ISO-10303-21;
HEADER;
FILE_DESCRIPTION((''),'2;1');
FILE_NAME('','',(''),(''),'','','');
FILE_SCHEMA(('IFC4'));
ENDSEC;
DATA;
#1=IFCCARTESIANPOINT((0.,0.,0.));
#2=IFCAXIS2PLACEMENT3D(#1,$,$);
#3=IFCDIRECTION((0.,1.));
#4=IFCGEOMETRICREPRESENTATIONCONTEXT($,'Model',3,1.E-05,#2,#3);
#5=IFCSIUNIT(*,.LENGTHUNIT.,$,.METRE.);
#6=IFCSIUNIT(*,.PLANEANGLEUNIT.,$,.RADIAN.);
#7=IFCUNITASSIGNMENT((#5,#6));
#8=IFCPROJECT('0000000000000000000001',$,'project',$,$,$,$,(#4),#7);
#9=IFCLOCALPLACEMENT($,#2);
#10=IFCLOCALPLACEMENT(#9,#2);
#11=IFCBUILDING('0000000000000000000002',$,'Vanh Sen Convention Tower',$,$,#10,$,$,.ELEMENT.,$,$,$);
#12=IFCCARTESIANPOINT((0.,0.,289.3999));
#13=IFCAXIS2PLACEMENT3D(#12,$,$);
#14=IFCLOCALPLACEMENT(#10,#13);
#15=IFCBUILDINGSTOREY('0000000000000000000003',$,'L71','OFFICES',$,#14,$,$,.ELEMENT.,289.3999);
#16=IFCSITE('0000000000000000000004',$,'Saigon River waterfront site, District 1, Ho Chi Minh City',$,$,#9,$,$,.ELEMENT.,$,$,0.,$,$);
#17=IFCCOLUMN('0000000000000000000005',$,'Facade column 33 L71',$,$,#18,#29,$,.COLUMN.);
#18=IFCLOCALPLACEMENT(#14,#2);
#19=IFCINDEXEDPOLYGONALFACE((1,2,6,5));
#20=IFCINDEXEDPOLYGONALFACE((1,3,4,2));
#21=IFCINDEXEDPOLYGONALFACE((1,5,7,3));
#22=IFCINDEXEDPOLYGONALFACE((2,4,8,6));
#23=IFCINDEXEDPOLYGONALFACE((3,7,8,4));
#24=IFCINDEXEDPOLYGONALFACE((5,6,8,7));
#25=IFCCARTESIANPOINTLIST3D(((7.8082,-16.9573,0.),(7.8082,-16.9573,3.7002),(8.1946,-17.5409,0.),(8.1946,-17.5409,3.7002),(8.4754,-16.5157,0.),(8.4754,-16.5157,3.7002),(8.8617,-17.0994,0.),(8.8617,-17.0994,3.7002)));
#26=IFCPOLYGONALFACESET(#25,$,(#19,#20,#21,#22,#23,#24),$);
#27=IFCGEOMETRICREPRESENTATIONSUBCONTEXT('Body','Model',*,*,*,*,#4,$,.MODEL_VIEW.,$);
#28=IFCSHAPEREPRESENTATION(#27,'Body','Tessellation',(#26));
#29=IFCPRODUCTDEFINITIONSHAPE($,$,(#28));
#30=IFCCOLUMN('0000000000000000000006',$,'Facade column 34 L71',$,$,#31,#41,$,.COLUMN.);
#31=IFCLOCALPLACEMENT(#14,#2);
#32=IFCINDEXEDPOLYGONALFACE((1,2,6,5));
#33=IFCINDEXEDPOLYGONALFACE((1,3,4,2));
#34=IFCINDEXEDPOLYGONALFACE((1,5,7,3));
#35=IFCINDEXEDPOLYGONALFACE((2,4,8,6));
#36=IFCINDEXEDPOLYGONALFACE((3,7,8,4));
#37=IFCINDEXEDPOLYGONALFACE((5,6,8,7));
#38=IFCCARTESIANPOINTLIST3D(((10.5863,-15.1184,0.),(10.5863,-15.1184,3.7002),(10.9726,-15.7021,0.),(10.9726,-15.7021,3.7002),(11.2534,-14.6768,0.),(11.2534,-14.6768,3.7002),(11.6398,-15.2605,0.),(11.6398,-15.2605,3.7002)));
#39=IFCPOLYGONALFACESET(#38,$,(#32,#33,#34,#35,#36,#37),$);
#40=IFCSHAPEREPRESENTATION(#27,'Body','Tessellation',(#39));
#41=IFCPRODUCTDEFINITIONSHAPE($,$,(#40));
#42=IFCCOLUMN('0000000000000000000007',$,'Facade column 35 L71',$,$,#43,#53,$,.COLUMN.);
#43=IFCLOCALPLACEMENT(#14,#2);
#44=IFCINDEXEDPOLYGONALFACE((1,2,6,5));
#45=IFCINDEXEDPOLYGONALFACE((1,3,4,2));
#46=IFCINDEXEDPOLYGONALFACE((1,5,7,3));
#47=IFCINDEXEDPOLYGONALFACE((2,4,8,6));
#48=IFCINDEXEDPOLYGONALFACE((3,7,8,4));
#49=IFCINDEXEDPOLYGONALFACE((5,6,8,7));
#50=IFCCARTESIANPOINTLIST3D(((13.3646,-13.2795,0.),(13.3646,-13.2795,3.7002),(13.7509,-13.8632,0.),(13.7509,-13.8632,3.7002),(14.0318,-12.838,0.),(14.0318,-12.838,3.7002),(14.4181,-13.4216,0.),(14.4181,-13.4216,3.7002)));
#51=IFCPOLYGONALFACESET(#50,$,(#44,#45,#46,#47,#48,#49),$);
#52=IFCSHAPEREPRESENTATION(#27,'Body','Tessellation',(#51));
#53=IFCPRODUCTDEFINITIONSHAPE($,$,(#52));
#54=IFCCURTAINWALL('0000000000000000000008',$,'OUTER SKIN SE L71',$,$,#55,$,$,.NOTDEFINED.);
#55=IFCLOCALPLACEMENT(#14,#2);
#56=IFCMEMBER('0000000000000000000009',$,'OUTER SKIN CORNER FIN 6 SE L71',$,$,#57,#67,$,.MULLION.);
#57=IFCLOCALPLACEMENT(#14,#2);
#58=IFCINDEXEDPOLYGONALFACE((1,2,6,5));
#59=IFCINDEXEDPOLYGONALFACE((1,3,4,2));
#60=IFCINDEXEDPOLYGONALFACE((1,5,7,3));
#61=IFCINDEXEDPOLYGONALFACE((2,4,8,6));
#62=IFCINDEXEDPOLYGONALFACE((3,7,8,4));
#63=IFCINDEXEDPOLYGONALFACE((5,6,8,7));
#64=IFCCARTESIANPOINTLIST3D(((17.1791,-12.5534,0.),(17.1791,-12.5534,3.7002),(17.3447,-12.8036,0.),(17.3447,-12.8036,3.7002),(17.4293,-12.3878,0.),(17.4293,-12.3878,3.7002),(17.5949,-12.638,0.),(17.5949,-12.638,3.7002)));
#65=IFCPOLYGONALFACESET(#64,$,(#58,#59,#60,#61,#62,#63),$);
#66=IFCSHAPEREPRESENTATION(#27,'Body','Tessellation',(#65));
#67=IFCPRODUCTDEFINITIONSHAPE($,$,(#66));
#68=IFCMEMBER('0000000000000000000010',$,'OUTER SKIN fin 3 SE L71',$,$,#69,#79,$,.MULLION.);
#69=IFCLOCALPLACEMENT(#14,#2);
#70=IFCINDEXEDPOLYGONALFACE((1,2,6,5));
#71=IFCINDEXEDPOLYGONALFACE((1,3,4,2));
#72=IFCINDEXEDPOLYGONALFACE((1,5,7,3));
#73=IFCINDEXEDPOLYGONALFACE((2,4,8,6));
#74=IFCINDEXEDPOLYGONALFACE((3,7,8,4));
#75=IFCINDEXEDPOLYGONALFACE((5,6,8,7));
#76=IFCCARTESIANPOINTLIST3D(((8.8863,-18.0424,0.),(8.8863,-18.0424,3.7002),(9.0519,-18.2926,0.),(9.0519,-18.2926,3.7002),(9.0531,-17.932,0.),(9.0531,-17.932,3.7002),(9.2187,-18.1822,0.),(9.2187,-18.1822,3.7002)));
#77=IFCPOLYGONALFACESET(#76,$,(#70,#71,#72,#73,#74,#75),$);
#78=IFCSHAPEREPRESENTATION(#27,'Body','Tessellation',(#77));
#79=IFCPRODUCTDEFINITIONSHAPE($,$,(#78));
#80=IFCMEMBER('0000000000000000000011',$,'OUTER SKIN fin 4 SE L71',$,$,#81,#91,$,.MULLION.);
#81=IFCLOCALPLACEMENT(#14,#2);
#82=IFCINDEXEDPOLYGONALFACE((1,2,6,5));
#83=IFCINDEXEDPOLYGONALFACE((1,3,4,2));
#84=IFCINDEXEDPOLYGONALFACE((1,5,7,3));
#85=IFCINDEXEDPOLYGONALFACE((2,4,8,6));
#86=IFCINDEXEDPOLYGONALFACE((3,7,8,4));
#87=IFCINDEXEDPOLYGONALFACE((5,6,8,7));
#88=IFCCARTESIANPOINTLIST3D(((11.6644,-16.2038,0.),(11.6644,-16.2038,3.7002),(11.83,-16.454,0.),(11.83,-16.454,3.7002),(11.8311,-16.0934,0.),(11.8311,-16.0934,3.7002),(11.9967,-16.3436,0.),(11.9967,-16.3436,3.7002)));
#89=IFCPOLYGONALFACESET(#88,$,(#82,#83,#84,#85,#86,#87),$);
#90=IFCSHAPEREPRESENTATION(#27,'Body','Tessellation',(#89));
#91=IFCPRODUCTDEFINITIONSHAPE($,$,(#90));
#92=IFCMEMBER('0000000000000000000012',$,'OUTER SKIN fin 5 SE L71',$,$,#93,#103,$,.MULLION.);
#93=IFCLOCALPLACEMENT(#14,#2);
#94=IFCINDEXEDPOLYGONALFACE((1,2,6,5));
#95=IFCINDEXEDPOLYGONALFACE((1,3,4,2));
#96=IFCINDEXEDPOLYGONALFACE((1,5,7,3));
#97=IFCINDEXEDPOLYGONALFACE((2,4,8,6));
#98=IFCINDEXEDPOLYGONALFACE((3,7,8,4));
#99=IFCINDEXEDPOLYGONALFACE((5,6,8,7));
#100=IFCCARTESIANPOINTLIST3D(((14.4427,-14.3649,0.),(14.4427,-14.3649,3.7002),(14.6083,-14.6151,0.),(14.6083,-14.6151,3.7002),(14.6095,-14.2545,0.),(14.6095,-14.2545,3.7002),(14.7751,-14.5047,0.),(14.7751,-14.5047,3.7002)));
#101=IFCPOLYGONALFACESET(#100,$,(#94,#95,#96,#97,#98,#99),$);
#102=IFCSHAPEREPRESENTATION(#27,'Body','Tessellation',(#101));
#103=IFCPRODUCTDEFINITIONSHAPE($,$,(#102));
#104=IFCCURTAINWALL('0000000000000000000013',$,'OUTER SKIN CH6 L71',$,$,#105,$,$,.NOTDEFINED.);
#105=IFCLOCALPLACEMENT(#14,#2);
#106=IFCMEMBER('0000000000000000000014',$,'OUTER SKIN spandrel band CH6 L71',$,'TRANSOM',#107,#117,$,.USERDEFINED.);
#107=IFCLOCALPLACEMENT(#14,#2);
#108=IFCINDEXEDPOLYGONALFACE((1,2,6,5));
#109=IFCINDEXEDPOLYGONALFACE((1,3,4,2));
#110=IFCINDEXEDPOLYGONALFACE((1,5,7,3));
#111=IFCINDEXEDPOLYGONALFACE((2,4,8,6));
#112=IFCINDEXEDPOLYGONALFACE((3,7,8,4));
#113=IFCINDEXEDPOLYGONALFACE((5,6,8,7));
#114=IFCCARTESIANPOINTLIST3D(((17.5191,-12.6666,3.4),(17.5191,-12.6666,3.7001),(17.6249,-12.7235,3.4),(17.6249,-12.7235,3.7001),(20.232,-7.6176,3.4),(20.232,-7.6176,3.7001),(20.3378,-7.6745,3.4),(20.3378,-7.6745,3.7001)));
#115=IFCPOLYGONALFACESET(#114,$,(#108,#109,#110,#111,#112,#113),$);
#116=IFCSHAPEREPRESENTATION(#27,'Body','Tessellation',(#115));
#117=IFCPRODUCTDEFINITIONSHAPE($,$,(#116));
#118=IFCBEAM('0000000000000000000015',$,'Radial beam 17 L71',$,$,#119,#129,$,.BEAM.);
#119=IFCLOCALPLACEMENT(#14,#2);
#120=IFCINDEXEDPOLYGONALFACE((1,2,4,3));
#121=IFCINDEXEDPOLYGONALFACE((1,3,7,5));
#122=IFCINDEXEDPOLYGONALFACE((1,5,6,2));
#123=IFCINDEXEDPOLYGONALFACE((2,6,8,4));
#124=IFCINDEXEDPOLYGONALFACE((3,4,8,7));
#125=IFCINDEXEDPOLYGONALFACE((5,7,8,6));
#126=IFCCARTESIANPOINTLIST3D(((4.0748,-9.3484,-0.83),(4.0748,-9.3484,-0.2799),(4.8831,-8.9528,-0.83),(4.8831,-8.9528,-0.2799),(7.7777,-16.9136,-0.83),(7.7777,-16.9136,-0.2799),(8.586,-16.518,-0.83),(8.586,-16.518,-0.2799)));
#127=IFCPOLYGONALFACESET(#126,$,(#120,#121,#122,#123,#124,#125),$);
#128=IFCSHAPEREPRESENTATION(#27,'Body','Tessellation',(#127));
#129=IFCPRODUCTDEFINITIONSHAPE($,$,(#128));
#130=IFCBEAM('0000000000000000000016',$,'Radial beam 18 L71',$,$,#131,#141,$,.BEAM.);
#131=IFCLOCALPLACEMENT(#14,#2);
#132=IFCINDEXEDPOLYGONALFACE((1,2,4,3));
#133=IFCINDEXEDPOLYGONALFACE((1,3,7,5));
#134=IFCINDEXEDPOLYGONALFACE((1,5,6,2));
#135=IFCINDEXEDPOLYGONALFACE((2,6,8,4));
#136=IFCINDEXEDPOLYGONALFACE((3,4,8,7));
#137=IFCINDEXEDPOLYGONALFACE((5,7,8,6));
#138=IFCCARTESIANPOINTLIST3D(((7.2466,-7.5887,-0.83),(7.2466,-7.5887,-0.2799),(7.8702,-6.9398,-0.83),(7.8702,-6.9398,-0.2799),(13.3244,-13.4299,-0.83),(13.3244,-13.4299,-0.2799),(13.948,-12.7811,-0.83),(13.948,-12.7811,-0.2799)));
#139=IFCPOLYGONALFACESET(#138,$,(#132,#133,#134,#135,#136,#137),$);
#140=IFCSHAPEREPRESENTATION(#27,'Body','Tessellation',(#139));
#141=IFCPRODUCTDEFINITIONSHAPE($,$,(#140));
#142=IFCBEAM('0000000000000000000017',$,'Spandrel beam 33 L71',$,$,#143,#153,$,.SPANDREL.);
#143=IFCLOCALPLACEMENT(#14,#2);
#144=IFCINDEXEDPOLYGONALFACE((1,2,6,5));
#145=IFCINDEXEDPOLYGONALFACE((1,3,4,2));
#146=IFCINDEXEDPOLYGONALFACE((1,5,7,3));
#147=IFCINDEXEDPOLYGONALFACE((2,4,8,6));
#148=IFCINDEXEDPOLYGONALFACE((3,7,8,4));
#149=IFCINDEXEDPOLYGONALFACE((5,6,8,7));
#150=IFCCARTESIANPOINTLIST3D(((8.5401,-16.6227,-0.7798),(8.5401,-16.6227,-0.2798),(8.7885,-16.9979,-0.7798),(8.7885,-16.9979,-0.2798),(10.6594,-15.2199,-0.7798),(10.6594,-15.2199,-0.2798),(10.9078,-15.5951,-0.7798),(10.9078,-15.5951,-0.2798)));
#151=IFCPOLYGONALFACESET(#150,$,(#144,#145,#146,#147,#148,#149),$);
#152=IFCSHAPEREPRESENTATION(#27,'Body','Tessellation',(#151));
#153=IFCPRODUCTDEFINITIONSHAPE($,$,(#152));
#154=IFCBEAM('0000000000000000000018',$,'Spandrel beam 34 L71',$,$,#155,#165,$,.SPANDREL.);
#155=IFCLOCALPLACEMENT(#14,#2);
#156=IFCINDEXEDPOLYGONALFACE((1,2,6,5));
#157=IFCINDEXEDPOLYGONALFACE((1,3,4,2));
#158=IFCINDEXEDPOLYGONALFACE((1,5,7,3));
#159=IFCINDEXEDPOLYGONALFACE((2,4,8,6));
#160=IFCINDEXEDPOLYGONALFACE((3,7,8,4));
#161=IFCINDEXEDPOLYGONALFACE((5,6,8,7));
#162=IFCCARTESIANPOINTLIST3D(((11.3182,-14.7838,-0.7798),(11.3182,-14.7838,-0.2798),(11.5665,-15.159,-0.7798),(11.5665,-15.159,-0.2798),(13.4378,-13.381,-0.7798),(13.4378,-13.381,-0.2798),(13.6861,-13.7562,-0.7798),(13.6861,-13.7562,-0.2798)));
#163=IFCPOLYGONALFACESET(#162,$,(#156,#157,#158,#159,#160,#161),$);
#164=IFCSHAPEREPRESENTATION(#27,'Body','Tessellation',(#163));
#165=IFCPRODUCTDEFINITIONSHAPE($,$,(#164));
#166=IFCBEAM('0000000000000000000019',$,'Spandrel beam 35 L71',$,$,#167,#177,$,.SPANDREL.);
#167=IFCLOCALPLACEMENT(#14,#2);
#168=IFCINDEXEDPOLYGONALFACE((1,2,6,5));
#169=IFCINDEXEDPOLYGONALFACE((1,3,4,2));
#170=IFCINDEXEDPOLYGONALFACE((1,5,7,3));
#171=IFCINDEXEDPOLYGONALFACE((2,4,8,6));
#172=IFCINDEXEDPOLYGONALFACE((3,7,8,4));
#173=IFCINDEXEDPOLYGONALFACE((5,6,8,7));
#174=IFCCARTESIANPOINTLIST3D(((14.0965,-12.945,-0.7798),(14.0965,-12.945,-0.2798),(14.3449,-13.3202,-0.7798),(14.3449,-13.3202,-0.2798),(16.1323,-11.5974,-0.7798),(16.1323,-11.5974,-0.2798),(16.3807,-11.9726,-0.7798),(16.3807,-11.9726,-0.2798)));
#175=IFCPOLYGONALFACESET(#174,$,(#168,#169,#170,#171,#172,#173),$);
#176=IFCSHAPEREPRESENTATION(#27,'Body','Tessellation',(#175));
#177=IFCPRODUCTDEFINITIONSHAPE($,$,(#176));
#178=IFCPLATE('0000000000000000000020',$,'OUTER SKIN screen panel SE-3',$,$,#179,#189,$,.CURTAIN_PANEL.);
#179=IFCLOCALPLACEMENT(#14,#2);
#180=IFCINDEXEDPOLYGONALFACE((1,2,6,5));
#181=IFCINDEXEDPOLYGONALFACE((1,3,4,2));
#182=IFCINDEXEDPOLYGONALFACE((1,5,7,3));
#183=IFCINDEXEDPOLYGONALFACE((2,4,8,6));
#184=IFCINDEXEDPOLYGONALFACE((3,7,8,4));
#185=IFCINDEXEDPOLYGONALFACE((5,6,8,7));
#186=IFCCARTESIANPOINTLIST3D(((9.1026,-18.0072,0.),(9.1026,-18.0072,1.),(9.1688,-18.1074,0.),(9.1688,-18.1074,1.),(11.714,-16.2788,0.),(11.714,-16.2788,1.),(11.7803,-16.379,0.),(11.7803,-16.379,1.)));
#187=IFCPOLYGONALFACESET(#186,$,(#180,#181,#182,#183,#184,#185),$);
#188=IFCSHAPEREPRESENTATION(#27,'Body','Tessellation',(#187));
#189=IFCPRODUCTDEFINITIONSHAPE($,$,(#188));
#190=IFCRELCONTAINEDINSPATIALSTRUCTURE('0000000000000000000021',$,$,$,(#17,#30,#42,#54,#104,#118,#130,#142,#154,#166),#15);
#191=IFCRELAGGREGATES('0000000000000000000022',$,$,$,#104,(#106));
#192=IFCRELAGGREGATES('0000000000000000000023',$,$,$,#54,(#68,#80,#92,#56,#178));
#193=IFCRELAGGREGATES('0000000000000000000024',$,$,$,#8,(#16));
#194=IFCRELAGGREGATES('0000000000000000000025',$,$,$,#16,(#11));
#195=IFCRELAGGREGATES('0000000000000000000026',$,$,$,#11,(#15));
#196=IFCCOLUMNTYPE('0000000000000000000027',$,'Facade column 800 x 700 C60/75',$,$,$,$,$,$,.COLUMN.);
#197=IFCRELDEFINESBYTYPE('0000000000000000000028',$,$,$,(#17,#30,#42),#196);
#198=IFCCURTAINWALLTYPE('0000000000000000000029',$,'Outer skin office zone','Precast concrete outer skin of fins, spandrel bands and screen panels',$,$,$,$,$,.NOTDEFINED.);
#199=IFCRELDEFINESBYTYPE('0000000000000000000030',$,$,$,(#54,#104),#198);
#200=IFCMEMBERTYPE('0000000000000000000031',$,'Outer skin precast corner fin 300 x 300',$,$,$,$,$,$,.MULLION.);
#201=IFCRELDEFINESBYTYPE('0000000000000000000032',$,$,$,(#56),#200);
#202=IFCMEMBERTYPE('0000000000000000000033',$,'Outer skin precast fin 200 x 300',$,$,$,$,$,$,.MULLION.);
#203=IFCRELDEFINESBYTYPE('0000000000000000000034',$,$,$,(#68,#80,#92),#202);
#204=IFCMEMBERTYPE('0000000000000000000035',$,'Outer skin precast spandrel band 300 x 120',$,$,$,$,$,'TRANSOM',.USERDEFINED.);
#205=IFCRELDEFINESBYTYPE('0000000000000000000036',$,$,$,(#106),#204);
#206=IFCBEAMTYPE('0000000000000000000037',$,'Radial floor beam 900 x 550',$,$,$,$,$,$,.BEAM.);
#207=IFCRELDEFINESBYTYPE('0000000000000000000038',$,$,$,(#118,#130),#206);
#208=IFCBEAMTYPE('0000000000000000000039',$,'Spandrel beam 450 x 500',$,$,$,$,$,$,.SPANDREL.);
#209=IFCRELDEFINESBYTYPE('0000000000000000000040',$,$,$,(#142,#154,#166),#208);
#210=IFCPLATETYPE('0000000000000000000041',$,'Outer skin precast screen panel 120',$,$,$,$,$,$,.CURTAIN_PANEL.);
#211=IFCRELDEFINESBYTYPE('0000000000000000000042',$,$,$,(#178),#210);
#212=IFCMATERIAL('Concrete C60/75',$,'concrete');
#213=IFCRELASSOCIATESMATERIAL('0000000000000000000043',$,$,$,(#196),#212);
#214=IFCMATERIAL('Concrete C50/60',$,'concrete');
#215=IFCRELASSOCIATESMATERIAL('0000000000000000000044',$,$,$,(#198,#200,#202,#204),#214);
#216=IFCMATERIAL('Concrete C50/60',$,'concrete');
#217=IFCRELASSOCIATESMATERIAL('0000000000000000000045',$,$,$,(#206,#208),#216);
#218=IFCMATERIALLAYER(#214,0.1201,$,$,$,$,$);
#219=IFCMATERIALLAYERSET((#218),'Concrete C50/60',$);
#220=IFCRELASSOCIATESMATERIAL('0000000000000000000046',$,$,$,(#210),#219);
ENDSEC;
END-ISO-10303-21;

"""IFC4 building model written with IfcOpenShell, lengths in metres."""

from ifc_helpers import new_model, si_unit, direction, frame, origin, origin_2d, place, context, subcontext, project, spatial, rectangle, extrude, material, layer, layer_set, material_profile, profile_set, type_object, element, aggregate, save


model = new_model("IFC4")

# Units and contexts
model_context = context("Model", 3, precision=1e-05, world=origin(), true_north=direction((0.0, 1.0)))
body_context = subcontext(model_context, "Body", "Model", "MODEL_VIEW")
ifc_project = project(units=[si_unit("LENGTHUNIT", "METRE"), si_unit("PLANEANGLEUNIT", "RADIAN")], contexts=[model_context])

# Site, building, storey
site_placement = place(None, origin())
site = spatial("IfcSite", under=ifc_project, at=site_placement, Name="Saigon River waterfront site, District 1, Ho Chi Minh City", CompositionType="ELEMENT", RefElevation=0.0)
building_placement = place(site_placement, origin())
building = spatial("IfcBuilding", under=site, at=building_placement, Name="Vanh Sen Convention Tower", CompositionType="ELEMENT")
storey_placement = place(building_placement, frame((0.0, 0.0, 289.3999)))
storey = spatial("IfcBuildingStorey", under=building, at=storey_placement, Name="L71", Description="OFFICES", CompositionType="ELEMENT", Elevation=289.3999)

# Columns
ifc_material_1 = material(Name="Concrete C60/75", Category="concrete")
ifc_material_profile_1 = material_profile(ifc_material_1, rectangle(XDim=0.8, YDim=0.7, at=origin_2d()), Name="RC 800X700")
ifc_profile_set_1 = profile_set([ifc_material_profile_1], Name="Concrete C60/75")
column_type = type_object("IfcColumnType", Name="Facade column 800 x 700 C60/75", PredefinedType="COLUMN", material=ifc_profile_set_1)
for number, where, z_axis, x_axis, name in (
    (1, (8.335, -17.0283, 0.0), (0.0, 0.0, 1.0), (0.833886, 0.551937, 0.0), "Facade column 33 L71"),
    (2, (11.113, -15.1895, 0.0), (0.0, 0.0, 1.0), (0.833886, 0.551937, 0.0), "Facade column 34 L71"),
    (3, (13.8914, -13.3506, 0.0), (0.0, 0.0, 1.0), (0.833886, 0.551937, 0.0), "Facade column 35 L71"),
):
    element("IfcColumn", number, at=place(storey_placement, frame(where, z_axis=z_axis, x_axis=x_axis)), inside=storey, type_object=column_type, Name=name, PredefinedType="COLUMN", context=body_context, shape_type="SweptSolid", body=[
        extrude(rectangle(XDim=0.8, YDim=0.7, at=origin_2d()), origin(), (0.0, 0.0, 1.0), 3.7002),
    ])

# Curtain wall, members
ifc_material_2 = material(Name="Concrete C50/60", Category="concrete")
curtain_wall_type = type_object("IfcCurtainWallType", Name="Outer skin office zone", Description="Precast concrete outer skin of fins, spandrel bands and screen panels", PredefinedType="NOTDEFINED", material=ifc_material_2)
curtain_wall_1_placement = place(storey_placement, origin())
curtain_wall_1 = element("IfcCurtainWall", 4, at=curtain_wall_1_placement, inside=storey, type_object=curtain_wall_type, Name="OUTER SKIN SE L71", PredefinedType="NOTDEFINED")
ifc_material_profile_2 = material_profile(ifc_material_2, rectangle(XDim=0.3, YDim=0.3, at=origin_2d()), Name="Outer skin precast corner fin 300 x 300")
ifc_profile_set_2 = profile_set([ifc_material_profile_2], Name="Concrete C50/60")
member_type_1 = type_object("IfcMemberType", Name="Outer skin precast corner fin 300 x 300", PredefinedType="MULLION", material=ifc_profile_set_2)
member_1_placement = place(storey_placement, frame((17.387, -12.5957, 0.0), z_axis=(0.0, 0.0, 1.0), x_axis=(0.833886, 0.551937, 0.0)))
member_1 = element("IfcMember", 5, at=member_1_placement, type_object=member_type_1, Name="OUTER SKIN CORNER FIN 6 SE L71", PredefinedType="MULLION", context=body_context, shape_type="SweptSolid", body=[
    extrude(rectangle(XDim=0.3, YDim=0.3, at=origin_2d()), origin(), (0.0, 0.0, 1.0), 3.7002),
])
ifc_material_profile_3 = material_profile(ifc_material_2, rectangle(XDim=0.2, YDim=0.3, at=origin_2d()), Name="Outer skin precast fin 200 x 300")
ifc_profile_set_3 = profile_set([ifc_material_profile_3], Name="Concrete C50/60")
member_type_2 = type_object("IfcMemberType", Name="Outer skin precast fin 200 x 300", PredefinedType="MULLION", material=ifc_profile_set_3)
member_2_placement = place(storey_placement, frame((9.0525, -18.1123, 0.0), z_axis=(0.0, 0.0, 1.0), x_axis=(0.833886, 0.551937, 0.0)))
member_2 = element("IfcMember", 6, at=member_2_placement, type_object=member_type_2, Name="OUTER SKIN fin 3 SE L71", PredefinedType="MULLION", context=body_context, shape_type="SweptSolid", body=[
    extrude(rectangle(XDim=0.2, YDim=0.3, at=origin_2d()), origin(), (0.0, 0.0, 1.0), 3.7002),
])
member_3_placement = place(storey_placement, frame((11.8306, -16.2737, 0.0), z_axis=(0.0, 0.0, 1.0), x_axis=(0.833886, 0.551937, 0.0)))
member_3 = element("IfcMember", 7, at=member_3_placement, type_object=member_type_2, Name="OUTER SKIN fin 4 SE L71", PredefinedType="MULLION", context=body_context, shape_type="SweptSolid", body=[
    extrude(rectangle(XDim=0.2, YDim=0.3, at=origin_2d()), origin(), (0.0, 0.0, 1.0), 3.7002),
])
member_4_placement = place(storey_placement, frame((14.6089, -14.4348, 0.0), z_axis=(0.0, 0.0, 1.0), x_axis=(0.833886, 0.551937, 0.0)))
member_4 = element("IfcMember", 8, at=member_4_placement, type_object=member_type_2, Name="OUTER SKIN fin 5 SE L71", PredefinedType="MULLION", context=body_context, shape_type="SweptSolid", body=[
    extrude(rectangle(XDim=0.2, YDim=0.3, at=origin_2d()), origin(), (0.0, 0.0, 1.0), 3.7002),
])

# Curtain wall, member
curtain_wall_2_placement = place(storey_placement, origin())
curtain_wall_2 = element("IfcCurtainWall", 9, at=curtain_wall_2_placement, inside=storey, type_object=curtain_wall_type, Name="OUTER SKIN CH6 L71", PredefinedType="NOTDEFINED")
ifc_material_profile_4 = material_profile(ifc_material_2, rectangle(XDim=0.1201, YDim=0.3, at=origin_2d()), Name="Outer skin precast spandrel band 300 x 120")
ifc_profile_set_4 = profile_set([ifc_material_profile_4], Name="Concrete C50/60")
member_type_3 = type_object("IfcMemberType", Name="Outer skin precast spandrel band 300 x 120", ElementType="TRANSOM", PredefinedType="USERDEFINED", material=ifc_profile_set_4)
member_5_placement = place(storey_placement, frame((17.572, -12.6951, 3.55), z_axis=(0.47331, 0.880896, 0.0), x_axis=(-0.880896, 0.47331, 0.0)))
member_5 = element("IfcMember", 10, at=member_5_placement, type_object=member_type_3, Name="OUTER SKIN spandrel band CH6 L71", ObjectType="TRANSOM", PredefinedType="USERDEFINED", context=body_context, shape_type="SweptSolid", body=[
    extrude(rectangle(XDim=0.1201, YDim=0.3, at=origin_2d()), origin(), (0.0, 0.0, 1.0), 5.7317),
])
aggregate(curtain_wall_2, [member_5])

# Beams
ifc_material_3 = material(Name="Concrete C50/60", Category="concrete")
ifc_material_profile_5 = material_profile(ifc_material_3, rectangle(XDim=0.8999, YDim=0.55, at=origin_2d()), Name="RC 900X550")
ifc_profile_set_5 = profile_set([ifc_material_profile_5], Name="Concrete C50/60")
beam_type_1 = type_object("IfcBeamType", Name="Radial floor beam 900 x 550", PredefinedType="BEAM", material=ifc_profile_set_5)
beam_1_placement = place(storey_placement, frame((8.1819, -16.7158, -0.5549), z_axis=(-0.439627, 0.898181, 0.0), x_axis=(-0.898181, -0.439627, 0.0)))
element("IfcBeam", 11, at=beam_1_placement, inside=storey, type_object=beam_type_1, Name="Radial beam 17 L71", PredefinedType="BEAM", context=body_context, shape_type="SweptSolid", body=[
    extrude(rectangle(XDim=0.8999, YDim=0.55, at=origin_2d()), origin(), (0.0, 0.0, 1.0), 8.4229),
])
beam_2_placement = place(storey_placement, frame((13.6362, -13.1055, -0.5549), z_axis=(-0.720999, 0.692936, 0.0), x_axis=(-0.692936, -0.720999, 0.0)))
element("IfcBeam", 12, at=beam_2_placement, inside=storey, type_object=beam_type_1, Name="Radial beam 18 L71", PredefinedType="BEAM", context=body_context, shape_type="SweptSolid", body=[
    extrude(rectangle(XDim=0.8999, YDim=0.55, at=origin_2d()), origin(), (0.0, 0.0, 1.0), 8.4297),
])
ifc_material_profile_6 = material_profile(ifc_material_3, rectangle(XDim=0.45, YDim=0.5, at=origin_2d()), Name="RC 450X500")
ifc_profile_set_6 = profile_set([ifc_material_profile_6], Name="Concrete C50/60")
beam_type_2 = type_object("IfcBeamType", Name="Spandrel beam 450 x 500", PredefinedType="SPANDREL", material=ifc_profile_set_6)
beam_3_placement = place(storey_placement, frame((8.6643, -16.8103, -0.5298), z_axis=(0.833878, 0.551948, 0.0), x_axis=(-0.551948, 0.833878, 0.0)))
element("IfcBeam", 13, at=beam_3_placement, inside=storey, type_object=beam_type_2, Name="Spandrel beam 33 L71", PredefinedType="SPANDREL", context=body_context, shape_type="SweptSolid", body=[
    extrude(rectangle(XDim=0.45, YDim=0.5, at=origin_2d()), origin(), (0.0, 0.0, 1.0), 2.5415),
])
beam_4_placement = place(storey_placement, frame((11.4424, -14.9714, -0.5298), z_axis=(0.833908, 0.551904, 0.0), x_axis=(-0.551904, 0.833908, 0.0)))
element("IfcBeam", 14, at=beam_4_placement, inside=storey, type_object=beam_type_2, Name="Spandrel beam 34 L71", PredefinedType="SPANDREL", context=body_context, shape_type="SweptSolid", body=[
    extrude(rectangle(XDim=0.45, YDim=0.5, at=origin_2d()), origin(), (0.0, 0.0, 1.0), 2.5417),
])
beam_5_placement = place(storey_placement, frame((14.2207, -13.1326, -0.5298), z_axis=(0.833861, 0.551974, 0.0), x_axis=(-0.551974, 0.833861, 0.0)))
element("IfcBeam", 15, at=beam_5_placement, inside=storey, type_object=beam_type_2, Name="Spandrel beam 35 L71", PredefinedType="SPANDREL", context=body_context, shape_type="SweptSolid", body=[
    extrude(rectangle(XDim=0.45, YDim=0.5, at=origin_2d()), origin(), (0.0, 0.0, 1.0), 2.4414),
])

# Plate
ifc_layer_1 = layer(ifc_material_2, 0.1201)
ifc_layer_set_1 = layer_set([ifc_layer_1], Name="Concrete C50/60")
plate_type = type_object("IfcPlateType", Name="Outer skin precast screen panel 120", PredefinedType="CURTAIN_PANEL", material=ifc_layer_set_1)
plate_1_placement = place(storey_placement, frame((10.4414, -17.1931, 0.0), z_axis=(0.0, 0.0, 1.0), x_axis=(0.833893, 0.551927, 0.0)))
plate_1 = element("IfcPlate", 16, at=plate_1_placement, type_object=plate_type, Name="OUTER SKIN screen panel SE-3", PredefinedType="CURTAIN_PANEL", context=body_context, shape_type="SweptSolid", body=[
    extrude(rectangle(XDim=3.1316, YDim=0.1201, at=origin_2d()), origin(), (0.0, 0.0, 1.0), 1.0),
])
aggregate(curtain_wall_1, [member_2, member_3, member_4, member_1, plate_1])

save(model, "model.ifc")
